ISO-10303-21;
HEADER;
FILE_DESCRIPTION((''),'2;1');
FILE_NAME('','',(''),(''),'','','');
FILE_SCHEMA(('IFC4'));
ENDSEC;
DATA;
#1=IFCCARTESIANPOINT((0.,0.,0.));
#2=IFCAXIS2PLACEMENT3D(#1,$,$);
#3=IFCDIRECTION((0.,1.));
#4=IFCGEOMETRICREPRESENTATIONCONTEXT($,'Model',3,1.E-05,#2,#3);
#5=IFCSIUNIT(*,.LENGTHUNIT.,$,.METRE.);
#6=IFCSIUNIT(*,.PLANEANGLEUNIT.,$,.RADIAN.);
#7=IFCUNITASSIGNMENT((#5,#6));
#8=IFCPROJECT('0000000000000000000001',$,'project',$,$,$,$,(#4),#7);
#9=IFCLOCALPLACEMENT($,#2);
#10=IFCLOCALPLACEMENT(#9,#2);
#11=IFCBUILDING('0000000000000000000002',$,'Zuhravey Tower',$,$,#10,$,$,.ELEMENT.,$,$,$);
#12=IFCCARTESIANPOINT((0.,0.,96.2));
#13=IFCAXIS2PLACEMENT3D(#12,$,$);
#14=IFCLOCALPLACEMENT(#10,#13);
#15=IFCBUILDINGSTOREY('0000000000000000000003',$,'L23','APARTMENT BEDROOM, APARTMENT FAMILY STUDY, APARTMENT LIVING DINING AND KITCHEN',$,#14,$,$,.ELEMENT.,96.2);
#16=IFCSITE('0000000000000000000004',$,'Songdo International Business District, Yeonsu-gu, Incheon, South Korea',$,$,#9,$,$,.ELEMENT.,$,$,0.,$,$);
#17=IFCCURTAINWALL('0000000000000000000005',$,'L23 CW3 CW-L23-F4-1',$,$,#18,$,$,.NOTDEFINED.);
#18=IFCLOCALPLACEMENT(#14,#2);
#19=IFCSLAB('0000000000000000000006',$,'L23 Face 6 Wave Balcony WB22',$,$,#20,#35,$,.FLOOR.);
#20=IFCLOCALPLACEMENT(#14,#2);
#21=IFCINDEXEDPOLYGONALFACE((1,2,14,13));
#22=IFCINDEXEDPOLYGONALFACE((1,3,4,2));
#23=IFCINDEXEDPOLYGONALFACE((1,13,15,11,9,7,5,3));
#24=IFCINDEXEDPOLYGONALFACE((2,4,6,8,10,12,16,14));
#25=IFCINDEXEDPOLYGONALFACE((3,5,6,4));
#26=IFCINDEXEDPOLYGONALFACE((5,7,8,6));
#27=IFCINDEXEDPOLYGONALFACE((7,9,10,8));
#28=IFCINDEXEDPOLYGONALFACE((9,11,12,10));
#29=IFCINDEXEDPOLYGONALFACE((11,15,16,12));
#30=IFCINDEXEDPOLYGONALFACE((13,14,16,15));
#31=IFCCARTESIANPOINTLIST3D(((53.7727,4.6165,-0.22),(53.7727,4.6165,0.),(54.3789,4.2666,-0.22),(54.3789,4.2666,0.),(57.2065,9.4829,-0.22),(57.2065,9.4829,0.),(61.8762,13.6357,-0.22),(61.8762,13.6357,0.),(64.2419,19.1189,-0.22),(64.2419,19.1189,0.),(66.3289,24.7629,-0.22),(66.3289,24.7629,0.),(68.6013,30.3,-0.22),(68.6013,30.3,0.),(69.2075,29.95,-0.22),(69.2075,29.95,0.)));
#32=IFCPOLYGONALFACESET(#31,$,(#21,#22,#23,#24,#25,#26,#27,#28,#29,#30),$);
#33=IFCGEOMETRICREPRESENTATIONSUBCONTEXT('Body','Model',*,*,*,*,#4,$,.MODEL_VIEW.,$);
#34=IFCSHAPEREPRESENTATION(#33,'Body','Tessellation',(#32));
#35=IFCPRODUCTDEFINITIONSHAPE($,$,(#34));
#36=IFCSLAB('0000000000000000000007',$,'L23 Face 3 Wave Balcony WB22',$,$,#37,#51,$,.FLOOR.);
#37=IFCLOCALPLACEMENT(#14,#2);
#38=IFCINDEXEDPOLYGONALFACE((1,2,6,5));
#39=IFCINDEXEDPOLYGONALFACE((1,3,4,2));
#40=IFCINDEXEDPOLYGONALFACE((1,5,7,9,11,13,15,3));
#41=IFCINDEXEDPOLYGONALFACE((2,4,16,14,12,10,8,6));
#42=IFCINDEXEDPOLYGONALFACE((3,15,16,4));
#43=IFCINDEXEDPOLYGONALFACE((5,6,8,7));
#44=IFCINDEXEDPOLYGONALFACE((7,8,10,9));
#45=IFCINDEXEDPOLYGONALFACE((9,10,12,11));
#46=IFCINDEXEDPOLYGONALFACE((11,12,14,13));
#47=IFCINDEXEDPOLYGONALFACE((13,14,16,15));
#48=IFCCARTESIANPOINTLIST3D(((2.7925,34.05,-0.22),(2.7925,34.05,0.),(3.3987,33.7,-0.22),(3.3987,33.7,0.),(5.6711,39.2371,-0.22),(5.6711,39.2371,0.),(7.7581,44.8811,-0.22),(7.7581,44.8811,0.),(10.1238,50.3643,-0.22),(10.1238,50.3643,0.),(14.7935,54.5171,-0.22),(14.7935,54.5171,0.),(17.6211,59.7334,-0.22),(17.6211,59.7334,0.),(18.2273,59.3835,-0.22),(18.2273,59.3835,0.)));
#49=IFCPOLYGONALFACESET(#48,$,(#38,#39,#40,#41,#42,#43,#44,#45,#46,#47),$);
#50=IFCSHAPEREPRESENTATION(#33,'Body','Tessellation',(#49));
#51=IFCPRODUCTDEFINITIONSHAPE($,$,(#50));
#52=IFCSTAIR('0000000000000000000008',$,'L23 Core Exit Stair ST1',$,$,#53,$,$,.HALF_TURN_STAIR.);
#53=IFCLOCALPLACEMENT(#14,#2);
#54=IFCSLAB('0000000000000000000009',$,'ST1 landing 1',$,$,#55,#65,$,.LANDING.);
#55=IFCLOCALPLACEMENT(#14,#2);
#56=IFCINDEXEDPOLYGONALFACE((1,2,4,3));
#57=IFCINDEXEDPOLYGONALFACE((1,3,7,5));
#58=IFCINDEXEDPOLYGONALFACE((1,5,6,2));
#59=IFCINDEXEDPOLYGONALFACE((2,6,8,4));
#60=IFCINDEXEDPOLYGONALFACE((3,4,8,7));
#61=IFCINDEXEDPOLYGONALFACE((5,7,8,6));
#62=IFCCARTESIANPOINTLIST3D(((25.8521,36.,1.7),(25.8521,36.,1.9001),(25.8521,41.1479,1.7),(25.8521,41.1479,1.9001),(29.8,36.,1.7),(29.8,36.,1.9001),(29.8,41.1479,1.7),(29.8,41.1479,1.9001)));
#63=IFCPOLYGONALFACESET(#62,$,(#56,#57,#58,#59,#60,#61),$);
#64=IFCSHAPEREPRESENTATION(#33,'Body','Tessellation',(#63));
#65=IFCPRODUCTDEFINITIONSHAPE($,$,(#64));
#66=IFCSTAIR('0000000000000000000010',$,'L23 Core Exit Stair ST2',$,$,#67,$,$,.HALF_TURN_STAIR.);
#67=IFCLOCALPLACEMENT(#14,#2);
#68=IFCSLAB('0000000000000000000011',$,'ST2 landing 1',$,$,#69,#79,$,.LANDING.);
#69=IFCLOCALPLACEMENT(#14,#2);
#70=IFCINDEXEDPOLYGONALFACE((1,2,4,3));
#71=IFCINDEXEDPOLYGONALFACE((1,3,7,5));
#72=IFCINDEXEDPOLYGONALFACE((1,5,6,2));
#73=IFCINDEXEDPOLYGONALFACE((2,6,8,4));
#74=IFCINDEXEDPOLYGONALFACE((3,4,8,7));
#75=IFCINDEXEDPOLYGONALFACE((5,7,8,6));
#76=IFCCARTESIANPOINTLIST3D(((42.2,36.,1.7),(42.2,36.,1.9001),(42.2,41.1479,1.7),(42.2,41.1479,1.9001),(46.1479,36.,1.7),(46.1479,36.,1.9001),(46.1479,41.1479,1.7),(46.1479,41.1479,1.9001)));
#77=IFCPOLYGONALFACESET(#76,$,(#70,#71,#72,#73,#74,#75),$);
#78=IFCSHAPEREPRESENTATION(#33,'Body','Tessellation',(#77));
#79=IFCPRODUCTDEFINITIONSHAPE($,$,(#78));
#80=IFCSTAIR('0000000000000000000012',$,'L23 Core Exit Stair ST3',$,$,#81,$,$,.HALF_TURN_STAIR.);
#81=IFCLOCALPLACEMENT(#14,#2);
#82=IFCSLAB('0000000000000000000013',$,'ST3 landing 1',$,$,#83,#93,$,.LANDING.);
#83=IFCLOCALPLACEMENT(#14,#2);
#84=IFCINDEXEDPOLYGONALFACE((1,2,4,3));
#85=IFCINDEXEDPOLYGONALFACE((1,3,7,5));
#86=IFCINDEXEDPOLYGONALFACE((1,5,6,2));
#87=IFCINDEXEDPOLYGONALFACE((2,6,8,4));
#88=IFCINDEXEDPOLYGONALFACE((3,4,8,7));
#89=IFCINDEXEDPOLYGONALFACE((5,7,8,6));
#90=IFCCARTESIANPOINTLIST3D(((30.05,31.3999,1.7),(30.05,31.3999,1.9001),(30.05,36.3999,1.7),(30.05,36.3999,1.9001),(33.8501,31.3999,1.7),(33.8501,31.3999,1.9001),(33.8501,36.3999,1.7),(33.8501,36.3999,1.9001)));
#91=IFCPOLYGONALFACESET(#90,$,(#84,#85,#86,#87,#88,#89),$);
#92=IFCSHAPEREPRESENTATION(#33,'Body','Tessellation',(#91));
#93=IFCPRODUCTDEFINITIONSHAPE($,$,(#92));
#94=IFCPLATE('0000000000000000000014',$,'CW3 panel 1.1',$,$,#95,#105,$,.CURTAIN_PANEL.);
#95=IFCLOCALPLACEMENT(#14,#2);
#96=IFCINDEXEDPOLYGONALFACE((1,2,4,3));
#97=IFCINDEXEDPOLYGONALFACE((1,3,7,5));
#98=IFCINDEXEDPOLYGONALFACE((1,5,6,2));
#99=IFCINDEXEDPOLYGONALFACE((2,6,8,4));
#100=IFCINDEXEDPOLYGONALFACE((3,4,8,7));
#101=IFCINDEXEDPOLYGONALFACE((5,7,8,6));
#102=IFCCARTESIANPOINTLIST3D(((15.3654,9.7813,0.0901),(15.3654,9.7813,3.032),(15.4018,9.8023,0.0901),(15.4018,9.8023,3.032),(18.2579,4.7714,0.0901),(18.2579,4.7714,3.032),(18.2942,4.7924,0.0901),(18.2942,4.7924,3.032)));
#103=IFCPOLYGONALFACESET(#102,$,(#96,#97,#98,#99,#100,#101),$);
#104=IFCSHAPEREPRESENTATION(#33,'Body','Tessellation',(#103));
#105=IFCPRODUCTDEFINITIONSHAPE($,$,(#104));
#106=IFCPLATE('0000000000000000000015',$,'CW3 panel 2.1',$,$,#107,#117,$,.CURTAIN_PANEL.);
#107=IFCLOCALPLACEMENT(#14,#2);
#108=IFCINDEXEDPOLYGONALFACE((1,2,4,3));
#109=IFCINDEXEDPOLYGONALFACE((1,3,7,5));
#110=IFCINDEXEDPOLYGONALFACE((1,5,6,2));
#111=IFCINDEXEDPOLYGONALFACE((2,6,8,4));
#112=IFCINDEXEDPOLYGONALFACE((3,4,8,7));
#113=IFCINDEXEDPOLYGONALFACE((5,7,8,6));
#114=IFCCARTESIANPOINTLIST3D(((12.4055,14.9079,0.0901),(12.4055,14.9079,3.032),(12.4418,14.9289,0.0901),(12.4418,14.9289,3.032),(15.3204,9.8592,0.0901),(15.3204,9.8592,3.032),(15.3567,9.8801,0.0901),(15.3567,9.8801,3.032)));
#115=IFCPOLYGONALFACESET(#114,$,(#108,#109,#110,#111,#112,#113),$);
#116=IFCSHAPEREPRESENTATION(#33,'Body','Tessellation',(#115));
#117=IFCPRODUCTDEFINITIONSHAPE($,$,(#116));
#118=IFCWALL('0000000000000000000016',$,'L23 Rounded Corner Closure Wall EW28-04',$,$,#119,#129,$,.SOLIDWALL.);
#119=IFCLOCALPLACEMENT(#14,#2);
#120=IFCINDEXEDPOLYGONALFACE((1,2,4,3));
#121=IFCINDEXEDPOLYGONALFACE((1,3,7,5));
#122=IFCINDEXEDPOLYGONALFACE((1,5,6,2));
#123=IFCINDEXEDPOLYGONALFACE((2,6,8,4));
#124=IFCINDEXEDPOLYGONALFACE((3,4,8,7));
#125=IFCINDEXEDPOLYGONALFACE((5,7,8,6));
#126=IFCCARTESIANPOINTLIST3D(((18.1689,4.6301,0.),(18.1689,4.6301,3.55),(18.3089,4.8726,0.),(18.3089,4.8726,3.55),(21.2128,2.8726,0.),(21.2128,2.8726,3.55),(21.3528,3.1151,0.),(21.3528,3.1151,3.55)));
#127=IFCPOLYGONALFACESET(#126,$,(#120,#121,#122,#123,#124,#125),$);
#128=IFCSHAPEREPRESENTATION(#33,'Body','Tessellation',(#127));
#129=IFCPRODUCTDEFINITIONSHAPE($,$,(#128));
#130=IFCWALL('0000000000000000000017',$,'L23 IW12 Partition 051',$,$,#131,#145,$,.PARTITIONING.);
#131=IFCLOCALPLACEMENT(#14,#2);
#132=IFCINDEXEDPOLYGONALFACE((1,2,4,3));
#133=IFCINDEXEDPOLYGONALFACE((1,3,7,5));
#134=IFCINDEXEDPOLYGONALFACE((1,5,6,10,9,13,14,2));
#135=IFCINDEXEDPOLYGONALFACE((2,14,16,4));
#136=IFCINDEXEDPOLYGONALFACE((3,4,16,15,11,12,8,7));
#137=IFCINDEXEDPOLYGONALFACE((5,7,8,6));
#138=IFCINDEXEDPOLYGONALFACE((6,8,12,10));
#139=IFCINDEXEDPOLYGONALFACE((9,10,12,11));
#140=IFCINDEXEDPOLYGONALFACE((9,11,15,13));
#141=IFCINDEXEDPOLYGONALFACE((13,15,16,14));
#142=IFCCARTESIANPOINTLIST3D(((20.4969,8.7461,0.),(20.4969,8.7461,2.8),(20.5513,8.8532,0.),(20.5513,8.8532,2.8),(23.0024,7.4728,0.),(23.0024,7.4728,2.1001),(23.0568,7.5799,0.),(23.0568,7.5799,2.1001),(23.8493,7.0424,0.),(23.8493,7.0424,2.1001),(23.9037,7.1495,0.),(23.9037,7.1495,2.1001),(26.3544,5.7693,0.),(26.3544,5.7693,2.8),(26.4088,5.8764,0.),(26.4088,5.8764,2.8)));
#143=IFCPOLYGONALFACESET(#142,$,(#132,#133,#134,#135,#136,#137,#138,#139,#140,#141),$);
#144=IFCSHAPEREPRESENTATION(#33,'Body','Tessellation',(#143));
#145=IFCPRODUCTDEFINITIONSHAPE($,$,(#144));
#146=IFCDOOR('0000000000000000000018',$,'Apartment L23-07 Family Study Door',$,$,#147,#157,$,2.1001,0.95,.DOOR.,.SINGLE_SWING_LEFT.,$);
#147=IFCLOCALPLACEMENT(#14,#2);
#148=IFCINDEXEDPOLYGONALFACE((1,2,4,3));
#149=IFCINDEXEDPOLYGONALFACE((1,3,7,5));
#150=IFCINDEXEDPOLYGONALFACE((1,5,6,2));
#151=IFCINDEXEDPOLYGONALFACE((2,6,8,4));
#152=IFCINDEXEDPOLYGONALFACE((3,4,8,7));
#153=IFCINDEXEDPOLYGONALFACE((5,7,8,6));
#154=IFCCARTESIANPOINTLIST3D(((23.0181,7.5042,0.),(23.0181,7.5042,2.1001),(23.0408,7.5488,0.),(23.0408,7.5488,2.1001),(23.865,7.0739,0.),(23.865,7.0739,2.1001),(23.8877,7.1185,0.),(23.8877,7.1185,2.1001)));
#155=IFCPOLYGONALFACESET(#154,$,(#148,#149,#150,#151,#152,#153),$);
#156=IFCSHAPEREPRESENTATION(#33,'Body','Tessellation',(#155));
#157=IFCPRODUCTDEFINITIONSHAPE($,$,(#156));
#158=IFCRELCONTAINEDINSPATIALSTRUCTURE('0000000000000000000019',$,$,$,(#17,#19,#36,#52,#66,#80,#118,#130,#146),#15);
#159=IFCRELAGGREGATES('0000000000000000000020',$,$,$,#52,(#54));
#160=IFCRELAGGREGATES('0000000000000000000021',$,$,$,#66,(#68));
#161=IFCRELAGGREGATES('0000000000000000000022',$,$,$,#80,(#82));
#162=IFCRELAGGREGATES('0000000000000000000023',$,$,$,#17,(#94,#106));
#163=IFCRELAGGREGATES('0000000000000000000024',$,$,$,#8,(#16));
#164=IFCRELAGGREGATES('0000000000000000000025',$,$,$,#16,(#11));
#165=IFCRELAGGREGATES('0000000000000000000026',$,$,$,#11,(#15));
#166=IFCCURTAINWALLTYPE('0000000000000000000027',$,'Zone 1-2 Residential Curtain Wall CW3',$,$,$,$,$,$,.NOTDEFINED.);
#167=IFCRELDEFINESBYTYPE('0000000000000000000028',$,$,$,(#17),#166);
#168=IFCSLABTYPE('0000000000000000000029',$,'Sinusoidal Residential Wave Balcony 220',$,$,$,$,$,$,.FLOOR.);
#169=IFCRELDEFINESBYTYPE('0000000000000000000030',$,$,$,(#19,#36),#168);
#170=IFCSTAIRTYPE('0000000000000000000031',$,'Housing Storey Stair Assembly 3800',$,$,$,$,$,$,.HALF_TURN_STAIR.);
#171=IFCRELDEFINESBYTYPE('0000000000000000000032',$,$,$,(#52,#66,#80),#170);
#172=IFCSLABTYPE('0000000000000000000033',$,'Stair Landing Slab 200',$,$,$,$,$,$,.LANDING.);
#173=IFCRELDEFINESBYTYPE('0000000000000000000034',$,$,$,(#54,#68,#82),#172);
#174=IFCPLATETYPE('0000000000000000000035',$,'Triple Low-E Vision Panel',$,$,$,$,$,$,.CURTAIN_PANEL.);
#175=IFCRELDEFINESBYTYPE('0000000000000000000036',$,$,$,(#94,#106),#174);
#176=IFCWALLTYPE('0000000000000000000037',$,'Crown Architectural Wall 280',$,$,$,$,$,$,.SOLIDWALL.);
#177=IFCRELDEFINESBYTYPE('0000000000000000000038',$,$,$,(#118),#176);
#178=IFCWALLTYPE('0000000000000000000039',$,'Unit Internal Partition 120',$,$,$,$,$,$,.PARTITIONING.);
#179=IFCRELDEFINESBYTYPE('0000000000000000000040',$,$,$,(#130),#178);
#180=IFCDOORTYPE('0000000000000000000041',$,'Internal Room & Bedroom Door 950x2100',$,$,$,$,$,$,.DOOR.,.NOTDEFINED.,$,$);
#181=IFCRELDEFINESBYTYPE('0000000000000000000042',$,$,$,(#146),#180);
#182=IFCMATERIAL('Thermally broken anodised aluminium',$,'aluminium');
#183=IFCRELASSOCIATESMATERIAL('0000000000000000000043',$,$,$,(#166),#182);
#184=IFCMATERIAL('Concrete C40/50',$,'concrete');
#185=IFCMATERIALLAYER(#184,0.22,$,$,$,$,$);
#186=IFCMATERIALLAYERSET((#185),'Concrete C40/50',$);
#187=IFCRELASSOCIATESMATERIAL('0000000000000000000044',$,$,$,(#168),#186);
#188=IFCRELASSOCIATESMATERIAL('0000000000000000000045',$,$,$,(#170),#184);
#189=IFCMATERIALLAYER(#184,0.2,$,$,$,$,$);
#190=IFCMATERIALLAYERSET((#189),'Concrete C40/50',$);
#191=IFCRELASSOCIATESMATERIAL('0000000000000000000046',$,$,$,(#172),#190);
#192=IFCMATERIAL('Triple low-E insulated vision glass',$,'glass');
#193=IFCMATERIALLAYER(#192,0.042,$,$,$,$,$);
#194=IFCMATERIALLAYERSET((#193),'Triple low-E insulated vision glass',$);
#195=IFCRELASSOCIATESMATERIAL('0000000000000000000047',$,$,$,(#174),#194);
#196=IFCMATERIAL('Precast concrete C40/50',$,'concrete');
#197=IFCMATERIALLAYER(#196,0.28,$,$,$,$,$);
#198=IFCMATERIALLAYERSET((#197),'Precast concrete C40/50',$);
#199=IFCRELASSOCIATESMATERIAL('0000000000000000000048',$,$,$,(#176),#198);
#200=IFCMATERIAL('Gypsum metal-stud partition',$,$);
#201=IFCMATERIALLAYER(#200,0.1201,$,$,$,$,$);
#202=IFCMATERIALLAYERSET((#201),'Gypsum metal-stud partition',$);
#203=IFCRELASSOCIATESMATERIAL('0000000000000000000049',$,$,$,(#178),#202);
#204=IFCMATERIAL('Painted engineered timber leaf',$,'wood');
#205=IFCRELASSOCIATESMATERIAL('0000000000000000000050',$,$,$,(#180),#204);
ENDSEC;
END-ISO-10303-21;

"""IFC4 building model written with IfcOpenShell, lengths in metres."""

from ifc_helpers import new_model, si_unit, direction, frame, frame_2d, origin, origin_2d, place, context, subcontext, project, spatial, polyline, rectangle, outline, extrude, material, layer, layer_set, type_object, element, fill, aggregate, save


model = new_model("IFC4")

# Units and contexts
model_context = context("Model", 3, precision=1e-05, world=origin(), true_north=direction((0.0, 1.0)))
body_context = subcontext(model_context, "Body", "Model", "MODEL_VIEW")
ifc_project = project(units=[si_unit("LENGTHUNIT", "METRE"), si_unit("PLANEANGLEUNIT", "RADIAN")], contexts=[model_context])

# Site, building, storey
site_placement = place(None, origin())
site = spatial("IfcSite", under=ifc_project, at=site_placement, Name="Songdo International Business District, Yeonsu-gu, Incheon, South Korea", CompositionType="ELEMENT", RefElevation=0.0)
building_placement = place(site_placement, origin())
building = spatial("IfcBuilding", under=site, at=building_placement, Name="Zuhravey Tower", CompositionType="ELEMENT")
storey_placement = place(building_placement, frame((0.0, 0.0, 96.2)))
storey = spatial("IfcBuildingStorey", under=building, at=storey_placement, Name="L23", Description="APARTMENT BEDROOM, APARTMENT FAMILY STUDY, APARTMENT LIVING DINING AND KITCHEN", CompositionType="ELEMENT", Elevation=96.2)

# Shared definitions
ifc_material_1 = material(Name="Thermally broken anodised aluminium", Category="aluminium")
curtain_wall_type = type_object("IfcCurtainWallType", Name="Zone 1-2 Residential Curtain Wall CW3", PredefinedType="NOTDEFINED", material=ifc_material_1)

# Curtain wall
curtain_wall_1_placement = place(storey_placement, origin())
curtain_wall_1 = element("IfcCurtainWall", 1, at=curtain_wall_1_placement, inside=storey, type_object=curtain_wall_type, Name="L23 CW3 CW-L23-F4-1", PredefinedType="NOTDEFINED")

# Slabs
ifc_material_2 = material(Name="Concrete C40/50", Category="concrete")
ifc_layer_1 = layer(ifc_material_2, 0.22)
ifc_layer_set_1 = layer_set([ifc_layer_1], Name="Concrete C40/50")
slab_type_1 = type_object("IfcSlabType", Name="Sinusoidal Residential Wave Balcony 220", PredefinedType="FLOOR", material=ifc_layer_set_1)
slab_1_placement = place(storey_placement, frame((0.0, 0.0, -0.22)))
element("IfcSlab", 2, at=slab_1_placement, inside=storey, type_object=slab_type_1, Name="L23 Face 6 Wave Balcony WB22", PredefinedType="FLOOR", context=body_context, shape_type="SweptSolid", body=[
    extrude(outline(polyline([(53.7727, 4.6165), (68.6013, 30.3), (69.2075, 29.95), (66.3289, 24.7629), (64.2419, 19.1189), (61.8762, 13.6357), (57.2065, 9.4829), (54.3789, 4.2666), (53.7727, 4.6165)])), origin(), (0.0, 0.0, 1.0), 0.22),
])
slab_2_placement = place(storey_placement, frame((0.0, 0.0, -0.22)))
element("IfcSlab", 3, at=slab_2_placement, inside=storey, type_object=slab_type_1, Name="L23 Face 3 Wave Balcony WB22", PredefinedType="FLOOR", context=body_context, shape_type="SweptSolid", body=[
    extrude(outline(polyline([(18.2273, 59.3835), (3.3987, 33.7), (2.7925, 34.05), (5.6711, 39.2371), (7.7581, 44.8811), (10.1238, 50.3643), (14.7935, 54.5171), (17.6211, 59.7334), (18.2273, 59.3835)])), origin(), (0.0, 0.0, 1.0), 0.22),
])

# Stairs, slabs
stair_type = type_object("IfcStairType", Name="Housing Storey Stair Assembly 3800", PredefinedType="HALF_TURN_STAIR", material=ifc_material_2)
stair_1_placement = place(storey_placement, origin())
stair_1 = element("IfcStair", 4, at=stair_1_placement, inside=storey, type_object=stair_type, Name="L23 Core Exit Stair ST1", PredefinedType="HALF_TURN_STAIR")
ifc_layer_2 = layer(ifc_material_2, 0.2)
ifc_layer_set_2 = layer_set([ifc_layer_2], Name="Concrete C40/50")
slab_type_2 = type_object("IfcSlabType", Name="Stair Landing Slab 200", PredefinedType="LANDING", material=ifc_layer_set_2)
slab_3_placement = place(storey_placement, frame((0.0, 0.0, 1.7)))
slab_3 = element("IfcSlab", 5, at=slab_3_placement, type_object=slab_type_2, Name="ST1 landing 1", PredefinedType="LANDING", context=body_context, shape_type="SweptSolid", body=[
    extrude(outline(polyline([(29.8, 36.0), (29.8, 41.1479), (25.8521, 41.1479), (25.8521, 36.0), (29.8, 36.0)])), origin(), (0.0, 0.0, 1.0), 0.2002),
])
aggregate(stair_1, [slab_3])
stair_2_placement = place(storey_placement, origin())
stair_2 = element("IfcStair", 6, at=stair_2_placement, inside=storey, type_object=stair_type, Name="L23 Core Exit Stair ST2", PredefinedType="HALF_TURN_STAIR")
slab_4_placement = place(storey_placement, frame((0.0, 0.0, 1.7)))
slab_4 = element("IfcSlab", 7, at=slab_4_placement, type_object=slab_type_2, Name="ST2 landing 1", PredefinedType="LANDING", context=body_context, shape_type="SweptSolid", body=[
    extrude(outline(polyline([(46.1479, 36.0), (46.1479, 41.1479), (42.2, 41.1479), (42.2, 36.0), (46.1479, 36.0)])), origin(), (0.0, 0.0, 1.0), 0.2002),
])
aggregate(stair_2, [slab_4])
stair_3_placement = place(storey_placement, origin())
stair_3 = element("IfcStair", 8, at=stair_3_placement, inside=storey, type_object=stair_type, Name="L23 Core Exit Stair ST3", PredefinedType="HALF_TURN_STAIR")
slab_5_placement = place(storey_placement, frame((0.0, 0.0, 1.7)))
slab_5 = element("IfcSlab", 9, at=slab_5_placement, type_object=slab_type_2, Name="ST3 landing 1", PredefinedType="LANDING", context=body_context, shape_type="SweptSolid", body=[
    extrude(outline(polyline([(30.05, 36.3999), (30.05, 31.3999), (33.8501, 31.3999), (33.8501, 36.3999), (30.05, 36.3999)])), origin(), (0.0, 0.0, 1.0), 0.2002),
])
aggregate(stair_3, [slab_5])

# Plates
ifc_material_3 = material(Name="Triple low-E insulated vision glass", Category="glass")
ifc_layer_3 = layer(ifc_material_3, 0.042)
ifc_layer_set_3 = layer_set([ifc_layer_3], Name="Triple low-E insulated vision glass")
plate_type = type_object("IfcPlateType", Name="Triple Low-E Vision Panel", PredefinedType="CURTAIN_PANEL", material=ifc_layer_set_3)
plate_1_placement = place(storey_placement, frame((16.8298, 7.2869, 0.0901), z_axis=(0.0, 0.0, 1.0), x_axis=(-0.5, 0.866026, 0.0)))
plate_1 = element("IfcPlate", 10, at=plate_1_placement, type_object=plate_type, Name="CW3 panel 1.1", PredefinedType="CURTAIN_PANEL", context=body_context, shape_type="SweptSolid", body=[
    extrude(rectangle(XDim=5.7849, YDim=0.042, at=origin_2d()), origin(), (0.0, 0.0, 1.0), 2.9419),
])
plate_2_placement = place(storey_placement, frame((13.8811, 12.394, 0.0901), z_axis=(0.0, 0.0, 1.0), x_axis=(-0.5, 0.866026, 0.0)))
plate_2 = element("IfcPlate", 11, at=plate_2_placement, type_object=plate_type, Name="CW3 panel 2.1", PredefinedType="CURTAIN_PANEL", context=body_context, shape_type="SweptSolid", body=[
    extrude(rectangle(XDim=5.8298, YDim=0.042, at=origin_2d()), origin(), (0.0, 0.0, 1.0), 2.9419),
])
aggregate(curtain_wall_1, [plate_1, plate_2])

# Wall
ifc_material_4 = material(Name="Precast concrete C40/50", Category="concrete")
ifc_layer_4 = layer(ifc_material_4, 0.28)
ifc_layer_set_4 = layer_set([ifc_layer_4], Name="Precast concrete C40/50")
wall_type_1 = type_object("IfcWallType", Name="Crown Architectural Wall 280", PredefinedType="SOLIDWALL", material=ifc_layer_set_4)
wall_1_placement = place(storey_placement, frame((21.2827, 2.9939, 0.0), z_axis=(0.0, 0.0, 1.0), x_axis=(-0.866007, 0.500031, 0.0)))
element("IfcWall", 12, at=wall_1_placement, inside=storey, type_object=wall_type_1, Name="L23 Rounded Corner Closure Wall EW28-04", PredefinedType="SOLIDWALL", context=body_context, shape_type="SweptSolid", body=[
    extrude(rectangle(XDim=3.5149, YDim=0.28, at=frame_2d((1.7573, 0.0))), origin(), (0.0, 0.0, 1.0), 3.55),
])

# Wall, opening, door
ifc_material_5 = material(Name="Gypsum metal-stud partition")
ifc_layer_5 = layer(ifc_material_5, 0.1201)
ifc_layer_set_5 = layer_set([ifc_layer_5], Name="Gypsum metal-stud partition")
wall_type_2 = type_object("IfcWallType", Name="Unit Internal Partition 120", PredefinedType="PARTITIONING", material=ifc_layer_set_5)
wall_2_placement = place(storey_placement, frame((20.5242, 8.7996, 0.0), z_axis=(0.0, 0.0, 1.0), x_axis=(0.891488, -0.453045, 0.0)))
wall_2 = element("IfcWall", 13, at=wall_2_placement, inside=storey, type_object=wall_type_2, Name="L23 IW12 Partition 051", PredefinedType="PARTITIONING", context=body_context, shape_type="SweptSolid", body=[
    extrude(rectangle(XDim=6.5706, YDim=0.1201, at=frame_2d((3.2852, 0.0))), origin(), (0.0, 0.0, 1.0), 2.8),
])
opening_placement = place(wall_2_placement, frame((2.8103, 0.0, 0.0)))
opening = element("IfcOpeningElement", 14, at=opening_placement, cuts=wall_2, PredefinedType="OPENING", context=body_context, shape_type="SweptSolid", body=[
    extrude(rectangle(XDim=0.95, YDim=2.1001, at=frame_2d((0.4751, 1.05))), frame((0.0, 0.072, 0.0), z_axis=(0.0, -1.0, 0.0), x_axis=(1.0, 0.0, 0.0)), (0.0, 0.0, 1.0), 0.144),
])
ifc_material_6 = material(Name="Painted engineered timber leaf", Category="wood")
door_type = type_object("IfcDoorType", Name="Internal Room & Bedroom Door 950x2100", OperationType="NOTDEFINED", PredefinedType="DOOR", material=ifc_material_6)
door_placement = place(opening_placement, frame((0.95, 0.0, 0.0), z_axis=(0.0, 0.0, 1.0), x_axis=(-1.0, 0.0, 0.0)))
door = element("IfcDoor", 15, at=door_placement, inside=storey, type_object=door_type, Name="Apartment L23-07 Family Study Door", OperationType="SINGLE_SWING_LEFT", OverallHeight=2.1001, OverallWidth=0.95, PredefinedType="DOOR", context=body_context, shape_type="SweptSolid", body=[
    extrude(rectangle(XDim=0.95, YDim=2.1001, at=frame_2d((0.4751, 1.05))), frame((0.0, 0.0249, 0.0), z_axis=(0.0, -1.0, 0.0), x_axis=(1.0, 0.0, 0.0)), (0.0, 0.0, 1.0), 0.05),
])
fill(opening, door)

save(model, "model.ifc")
